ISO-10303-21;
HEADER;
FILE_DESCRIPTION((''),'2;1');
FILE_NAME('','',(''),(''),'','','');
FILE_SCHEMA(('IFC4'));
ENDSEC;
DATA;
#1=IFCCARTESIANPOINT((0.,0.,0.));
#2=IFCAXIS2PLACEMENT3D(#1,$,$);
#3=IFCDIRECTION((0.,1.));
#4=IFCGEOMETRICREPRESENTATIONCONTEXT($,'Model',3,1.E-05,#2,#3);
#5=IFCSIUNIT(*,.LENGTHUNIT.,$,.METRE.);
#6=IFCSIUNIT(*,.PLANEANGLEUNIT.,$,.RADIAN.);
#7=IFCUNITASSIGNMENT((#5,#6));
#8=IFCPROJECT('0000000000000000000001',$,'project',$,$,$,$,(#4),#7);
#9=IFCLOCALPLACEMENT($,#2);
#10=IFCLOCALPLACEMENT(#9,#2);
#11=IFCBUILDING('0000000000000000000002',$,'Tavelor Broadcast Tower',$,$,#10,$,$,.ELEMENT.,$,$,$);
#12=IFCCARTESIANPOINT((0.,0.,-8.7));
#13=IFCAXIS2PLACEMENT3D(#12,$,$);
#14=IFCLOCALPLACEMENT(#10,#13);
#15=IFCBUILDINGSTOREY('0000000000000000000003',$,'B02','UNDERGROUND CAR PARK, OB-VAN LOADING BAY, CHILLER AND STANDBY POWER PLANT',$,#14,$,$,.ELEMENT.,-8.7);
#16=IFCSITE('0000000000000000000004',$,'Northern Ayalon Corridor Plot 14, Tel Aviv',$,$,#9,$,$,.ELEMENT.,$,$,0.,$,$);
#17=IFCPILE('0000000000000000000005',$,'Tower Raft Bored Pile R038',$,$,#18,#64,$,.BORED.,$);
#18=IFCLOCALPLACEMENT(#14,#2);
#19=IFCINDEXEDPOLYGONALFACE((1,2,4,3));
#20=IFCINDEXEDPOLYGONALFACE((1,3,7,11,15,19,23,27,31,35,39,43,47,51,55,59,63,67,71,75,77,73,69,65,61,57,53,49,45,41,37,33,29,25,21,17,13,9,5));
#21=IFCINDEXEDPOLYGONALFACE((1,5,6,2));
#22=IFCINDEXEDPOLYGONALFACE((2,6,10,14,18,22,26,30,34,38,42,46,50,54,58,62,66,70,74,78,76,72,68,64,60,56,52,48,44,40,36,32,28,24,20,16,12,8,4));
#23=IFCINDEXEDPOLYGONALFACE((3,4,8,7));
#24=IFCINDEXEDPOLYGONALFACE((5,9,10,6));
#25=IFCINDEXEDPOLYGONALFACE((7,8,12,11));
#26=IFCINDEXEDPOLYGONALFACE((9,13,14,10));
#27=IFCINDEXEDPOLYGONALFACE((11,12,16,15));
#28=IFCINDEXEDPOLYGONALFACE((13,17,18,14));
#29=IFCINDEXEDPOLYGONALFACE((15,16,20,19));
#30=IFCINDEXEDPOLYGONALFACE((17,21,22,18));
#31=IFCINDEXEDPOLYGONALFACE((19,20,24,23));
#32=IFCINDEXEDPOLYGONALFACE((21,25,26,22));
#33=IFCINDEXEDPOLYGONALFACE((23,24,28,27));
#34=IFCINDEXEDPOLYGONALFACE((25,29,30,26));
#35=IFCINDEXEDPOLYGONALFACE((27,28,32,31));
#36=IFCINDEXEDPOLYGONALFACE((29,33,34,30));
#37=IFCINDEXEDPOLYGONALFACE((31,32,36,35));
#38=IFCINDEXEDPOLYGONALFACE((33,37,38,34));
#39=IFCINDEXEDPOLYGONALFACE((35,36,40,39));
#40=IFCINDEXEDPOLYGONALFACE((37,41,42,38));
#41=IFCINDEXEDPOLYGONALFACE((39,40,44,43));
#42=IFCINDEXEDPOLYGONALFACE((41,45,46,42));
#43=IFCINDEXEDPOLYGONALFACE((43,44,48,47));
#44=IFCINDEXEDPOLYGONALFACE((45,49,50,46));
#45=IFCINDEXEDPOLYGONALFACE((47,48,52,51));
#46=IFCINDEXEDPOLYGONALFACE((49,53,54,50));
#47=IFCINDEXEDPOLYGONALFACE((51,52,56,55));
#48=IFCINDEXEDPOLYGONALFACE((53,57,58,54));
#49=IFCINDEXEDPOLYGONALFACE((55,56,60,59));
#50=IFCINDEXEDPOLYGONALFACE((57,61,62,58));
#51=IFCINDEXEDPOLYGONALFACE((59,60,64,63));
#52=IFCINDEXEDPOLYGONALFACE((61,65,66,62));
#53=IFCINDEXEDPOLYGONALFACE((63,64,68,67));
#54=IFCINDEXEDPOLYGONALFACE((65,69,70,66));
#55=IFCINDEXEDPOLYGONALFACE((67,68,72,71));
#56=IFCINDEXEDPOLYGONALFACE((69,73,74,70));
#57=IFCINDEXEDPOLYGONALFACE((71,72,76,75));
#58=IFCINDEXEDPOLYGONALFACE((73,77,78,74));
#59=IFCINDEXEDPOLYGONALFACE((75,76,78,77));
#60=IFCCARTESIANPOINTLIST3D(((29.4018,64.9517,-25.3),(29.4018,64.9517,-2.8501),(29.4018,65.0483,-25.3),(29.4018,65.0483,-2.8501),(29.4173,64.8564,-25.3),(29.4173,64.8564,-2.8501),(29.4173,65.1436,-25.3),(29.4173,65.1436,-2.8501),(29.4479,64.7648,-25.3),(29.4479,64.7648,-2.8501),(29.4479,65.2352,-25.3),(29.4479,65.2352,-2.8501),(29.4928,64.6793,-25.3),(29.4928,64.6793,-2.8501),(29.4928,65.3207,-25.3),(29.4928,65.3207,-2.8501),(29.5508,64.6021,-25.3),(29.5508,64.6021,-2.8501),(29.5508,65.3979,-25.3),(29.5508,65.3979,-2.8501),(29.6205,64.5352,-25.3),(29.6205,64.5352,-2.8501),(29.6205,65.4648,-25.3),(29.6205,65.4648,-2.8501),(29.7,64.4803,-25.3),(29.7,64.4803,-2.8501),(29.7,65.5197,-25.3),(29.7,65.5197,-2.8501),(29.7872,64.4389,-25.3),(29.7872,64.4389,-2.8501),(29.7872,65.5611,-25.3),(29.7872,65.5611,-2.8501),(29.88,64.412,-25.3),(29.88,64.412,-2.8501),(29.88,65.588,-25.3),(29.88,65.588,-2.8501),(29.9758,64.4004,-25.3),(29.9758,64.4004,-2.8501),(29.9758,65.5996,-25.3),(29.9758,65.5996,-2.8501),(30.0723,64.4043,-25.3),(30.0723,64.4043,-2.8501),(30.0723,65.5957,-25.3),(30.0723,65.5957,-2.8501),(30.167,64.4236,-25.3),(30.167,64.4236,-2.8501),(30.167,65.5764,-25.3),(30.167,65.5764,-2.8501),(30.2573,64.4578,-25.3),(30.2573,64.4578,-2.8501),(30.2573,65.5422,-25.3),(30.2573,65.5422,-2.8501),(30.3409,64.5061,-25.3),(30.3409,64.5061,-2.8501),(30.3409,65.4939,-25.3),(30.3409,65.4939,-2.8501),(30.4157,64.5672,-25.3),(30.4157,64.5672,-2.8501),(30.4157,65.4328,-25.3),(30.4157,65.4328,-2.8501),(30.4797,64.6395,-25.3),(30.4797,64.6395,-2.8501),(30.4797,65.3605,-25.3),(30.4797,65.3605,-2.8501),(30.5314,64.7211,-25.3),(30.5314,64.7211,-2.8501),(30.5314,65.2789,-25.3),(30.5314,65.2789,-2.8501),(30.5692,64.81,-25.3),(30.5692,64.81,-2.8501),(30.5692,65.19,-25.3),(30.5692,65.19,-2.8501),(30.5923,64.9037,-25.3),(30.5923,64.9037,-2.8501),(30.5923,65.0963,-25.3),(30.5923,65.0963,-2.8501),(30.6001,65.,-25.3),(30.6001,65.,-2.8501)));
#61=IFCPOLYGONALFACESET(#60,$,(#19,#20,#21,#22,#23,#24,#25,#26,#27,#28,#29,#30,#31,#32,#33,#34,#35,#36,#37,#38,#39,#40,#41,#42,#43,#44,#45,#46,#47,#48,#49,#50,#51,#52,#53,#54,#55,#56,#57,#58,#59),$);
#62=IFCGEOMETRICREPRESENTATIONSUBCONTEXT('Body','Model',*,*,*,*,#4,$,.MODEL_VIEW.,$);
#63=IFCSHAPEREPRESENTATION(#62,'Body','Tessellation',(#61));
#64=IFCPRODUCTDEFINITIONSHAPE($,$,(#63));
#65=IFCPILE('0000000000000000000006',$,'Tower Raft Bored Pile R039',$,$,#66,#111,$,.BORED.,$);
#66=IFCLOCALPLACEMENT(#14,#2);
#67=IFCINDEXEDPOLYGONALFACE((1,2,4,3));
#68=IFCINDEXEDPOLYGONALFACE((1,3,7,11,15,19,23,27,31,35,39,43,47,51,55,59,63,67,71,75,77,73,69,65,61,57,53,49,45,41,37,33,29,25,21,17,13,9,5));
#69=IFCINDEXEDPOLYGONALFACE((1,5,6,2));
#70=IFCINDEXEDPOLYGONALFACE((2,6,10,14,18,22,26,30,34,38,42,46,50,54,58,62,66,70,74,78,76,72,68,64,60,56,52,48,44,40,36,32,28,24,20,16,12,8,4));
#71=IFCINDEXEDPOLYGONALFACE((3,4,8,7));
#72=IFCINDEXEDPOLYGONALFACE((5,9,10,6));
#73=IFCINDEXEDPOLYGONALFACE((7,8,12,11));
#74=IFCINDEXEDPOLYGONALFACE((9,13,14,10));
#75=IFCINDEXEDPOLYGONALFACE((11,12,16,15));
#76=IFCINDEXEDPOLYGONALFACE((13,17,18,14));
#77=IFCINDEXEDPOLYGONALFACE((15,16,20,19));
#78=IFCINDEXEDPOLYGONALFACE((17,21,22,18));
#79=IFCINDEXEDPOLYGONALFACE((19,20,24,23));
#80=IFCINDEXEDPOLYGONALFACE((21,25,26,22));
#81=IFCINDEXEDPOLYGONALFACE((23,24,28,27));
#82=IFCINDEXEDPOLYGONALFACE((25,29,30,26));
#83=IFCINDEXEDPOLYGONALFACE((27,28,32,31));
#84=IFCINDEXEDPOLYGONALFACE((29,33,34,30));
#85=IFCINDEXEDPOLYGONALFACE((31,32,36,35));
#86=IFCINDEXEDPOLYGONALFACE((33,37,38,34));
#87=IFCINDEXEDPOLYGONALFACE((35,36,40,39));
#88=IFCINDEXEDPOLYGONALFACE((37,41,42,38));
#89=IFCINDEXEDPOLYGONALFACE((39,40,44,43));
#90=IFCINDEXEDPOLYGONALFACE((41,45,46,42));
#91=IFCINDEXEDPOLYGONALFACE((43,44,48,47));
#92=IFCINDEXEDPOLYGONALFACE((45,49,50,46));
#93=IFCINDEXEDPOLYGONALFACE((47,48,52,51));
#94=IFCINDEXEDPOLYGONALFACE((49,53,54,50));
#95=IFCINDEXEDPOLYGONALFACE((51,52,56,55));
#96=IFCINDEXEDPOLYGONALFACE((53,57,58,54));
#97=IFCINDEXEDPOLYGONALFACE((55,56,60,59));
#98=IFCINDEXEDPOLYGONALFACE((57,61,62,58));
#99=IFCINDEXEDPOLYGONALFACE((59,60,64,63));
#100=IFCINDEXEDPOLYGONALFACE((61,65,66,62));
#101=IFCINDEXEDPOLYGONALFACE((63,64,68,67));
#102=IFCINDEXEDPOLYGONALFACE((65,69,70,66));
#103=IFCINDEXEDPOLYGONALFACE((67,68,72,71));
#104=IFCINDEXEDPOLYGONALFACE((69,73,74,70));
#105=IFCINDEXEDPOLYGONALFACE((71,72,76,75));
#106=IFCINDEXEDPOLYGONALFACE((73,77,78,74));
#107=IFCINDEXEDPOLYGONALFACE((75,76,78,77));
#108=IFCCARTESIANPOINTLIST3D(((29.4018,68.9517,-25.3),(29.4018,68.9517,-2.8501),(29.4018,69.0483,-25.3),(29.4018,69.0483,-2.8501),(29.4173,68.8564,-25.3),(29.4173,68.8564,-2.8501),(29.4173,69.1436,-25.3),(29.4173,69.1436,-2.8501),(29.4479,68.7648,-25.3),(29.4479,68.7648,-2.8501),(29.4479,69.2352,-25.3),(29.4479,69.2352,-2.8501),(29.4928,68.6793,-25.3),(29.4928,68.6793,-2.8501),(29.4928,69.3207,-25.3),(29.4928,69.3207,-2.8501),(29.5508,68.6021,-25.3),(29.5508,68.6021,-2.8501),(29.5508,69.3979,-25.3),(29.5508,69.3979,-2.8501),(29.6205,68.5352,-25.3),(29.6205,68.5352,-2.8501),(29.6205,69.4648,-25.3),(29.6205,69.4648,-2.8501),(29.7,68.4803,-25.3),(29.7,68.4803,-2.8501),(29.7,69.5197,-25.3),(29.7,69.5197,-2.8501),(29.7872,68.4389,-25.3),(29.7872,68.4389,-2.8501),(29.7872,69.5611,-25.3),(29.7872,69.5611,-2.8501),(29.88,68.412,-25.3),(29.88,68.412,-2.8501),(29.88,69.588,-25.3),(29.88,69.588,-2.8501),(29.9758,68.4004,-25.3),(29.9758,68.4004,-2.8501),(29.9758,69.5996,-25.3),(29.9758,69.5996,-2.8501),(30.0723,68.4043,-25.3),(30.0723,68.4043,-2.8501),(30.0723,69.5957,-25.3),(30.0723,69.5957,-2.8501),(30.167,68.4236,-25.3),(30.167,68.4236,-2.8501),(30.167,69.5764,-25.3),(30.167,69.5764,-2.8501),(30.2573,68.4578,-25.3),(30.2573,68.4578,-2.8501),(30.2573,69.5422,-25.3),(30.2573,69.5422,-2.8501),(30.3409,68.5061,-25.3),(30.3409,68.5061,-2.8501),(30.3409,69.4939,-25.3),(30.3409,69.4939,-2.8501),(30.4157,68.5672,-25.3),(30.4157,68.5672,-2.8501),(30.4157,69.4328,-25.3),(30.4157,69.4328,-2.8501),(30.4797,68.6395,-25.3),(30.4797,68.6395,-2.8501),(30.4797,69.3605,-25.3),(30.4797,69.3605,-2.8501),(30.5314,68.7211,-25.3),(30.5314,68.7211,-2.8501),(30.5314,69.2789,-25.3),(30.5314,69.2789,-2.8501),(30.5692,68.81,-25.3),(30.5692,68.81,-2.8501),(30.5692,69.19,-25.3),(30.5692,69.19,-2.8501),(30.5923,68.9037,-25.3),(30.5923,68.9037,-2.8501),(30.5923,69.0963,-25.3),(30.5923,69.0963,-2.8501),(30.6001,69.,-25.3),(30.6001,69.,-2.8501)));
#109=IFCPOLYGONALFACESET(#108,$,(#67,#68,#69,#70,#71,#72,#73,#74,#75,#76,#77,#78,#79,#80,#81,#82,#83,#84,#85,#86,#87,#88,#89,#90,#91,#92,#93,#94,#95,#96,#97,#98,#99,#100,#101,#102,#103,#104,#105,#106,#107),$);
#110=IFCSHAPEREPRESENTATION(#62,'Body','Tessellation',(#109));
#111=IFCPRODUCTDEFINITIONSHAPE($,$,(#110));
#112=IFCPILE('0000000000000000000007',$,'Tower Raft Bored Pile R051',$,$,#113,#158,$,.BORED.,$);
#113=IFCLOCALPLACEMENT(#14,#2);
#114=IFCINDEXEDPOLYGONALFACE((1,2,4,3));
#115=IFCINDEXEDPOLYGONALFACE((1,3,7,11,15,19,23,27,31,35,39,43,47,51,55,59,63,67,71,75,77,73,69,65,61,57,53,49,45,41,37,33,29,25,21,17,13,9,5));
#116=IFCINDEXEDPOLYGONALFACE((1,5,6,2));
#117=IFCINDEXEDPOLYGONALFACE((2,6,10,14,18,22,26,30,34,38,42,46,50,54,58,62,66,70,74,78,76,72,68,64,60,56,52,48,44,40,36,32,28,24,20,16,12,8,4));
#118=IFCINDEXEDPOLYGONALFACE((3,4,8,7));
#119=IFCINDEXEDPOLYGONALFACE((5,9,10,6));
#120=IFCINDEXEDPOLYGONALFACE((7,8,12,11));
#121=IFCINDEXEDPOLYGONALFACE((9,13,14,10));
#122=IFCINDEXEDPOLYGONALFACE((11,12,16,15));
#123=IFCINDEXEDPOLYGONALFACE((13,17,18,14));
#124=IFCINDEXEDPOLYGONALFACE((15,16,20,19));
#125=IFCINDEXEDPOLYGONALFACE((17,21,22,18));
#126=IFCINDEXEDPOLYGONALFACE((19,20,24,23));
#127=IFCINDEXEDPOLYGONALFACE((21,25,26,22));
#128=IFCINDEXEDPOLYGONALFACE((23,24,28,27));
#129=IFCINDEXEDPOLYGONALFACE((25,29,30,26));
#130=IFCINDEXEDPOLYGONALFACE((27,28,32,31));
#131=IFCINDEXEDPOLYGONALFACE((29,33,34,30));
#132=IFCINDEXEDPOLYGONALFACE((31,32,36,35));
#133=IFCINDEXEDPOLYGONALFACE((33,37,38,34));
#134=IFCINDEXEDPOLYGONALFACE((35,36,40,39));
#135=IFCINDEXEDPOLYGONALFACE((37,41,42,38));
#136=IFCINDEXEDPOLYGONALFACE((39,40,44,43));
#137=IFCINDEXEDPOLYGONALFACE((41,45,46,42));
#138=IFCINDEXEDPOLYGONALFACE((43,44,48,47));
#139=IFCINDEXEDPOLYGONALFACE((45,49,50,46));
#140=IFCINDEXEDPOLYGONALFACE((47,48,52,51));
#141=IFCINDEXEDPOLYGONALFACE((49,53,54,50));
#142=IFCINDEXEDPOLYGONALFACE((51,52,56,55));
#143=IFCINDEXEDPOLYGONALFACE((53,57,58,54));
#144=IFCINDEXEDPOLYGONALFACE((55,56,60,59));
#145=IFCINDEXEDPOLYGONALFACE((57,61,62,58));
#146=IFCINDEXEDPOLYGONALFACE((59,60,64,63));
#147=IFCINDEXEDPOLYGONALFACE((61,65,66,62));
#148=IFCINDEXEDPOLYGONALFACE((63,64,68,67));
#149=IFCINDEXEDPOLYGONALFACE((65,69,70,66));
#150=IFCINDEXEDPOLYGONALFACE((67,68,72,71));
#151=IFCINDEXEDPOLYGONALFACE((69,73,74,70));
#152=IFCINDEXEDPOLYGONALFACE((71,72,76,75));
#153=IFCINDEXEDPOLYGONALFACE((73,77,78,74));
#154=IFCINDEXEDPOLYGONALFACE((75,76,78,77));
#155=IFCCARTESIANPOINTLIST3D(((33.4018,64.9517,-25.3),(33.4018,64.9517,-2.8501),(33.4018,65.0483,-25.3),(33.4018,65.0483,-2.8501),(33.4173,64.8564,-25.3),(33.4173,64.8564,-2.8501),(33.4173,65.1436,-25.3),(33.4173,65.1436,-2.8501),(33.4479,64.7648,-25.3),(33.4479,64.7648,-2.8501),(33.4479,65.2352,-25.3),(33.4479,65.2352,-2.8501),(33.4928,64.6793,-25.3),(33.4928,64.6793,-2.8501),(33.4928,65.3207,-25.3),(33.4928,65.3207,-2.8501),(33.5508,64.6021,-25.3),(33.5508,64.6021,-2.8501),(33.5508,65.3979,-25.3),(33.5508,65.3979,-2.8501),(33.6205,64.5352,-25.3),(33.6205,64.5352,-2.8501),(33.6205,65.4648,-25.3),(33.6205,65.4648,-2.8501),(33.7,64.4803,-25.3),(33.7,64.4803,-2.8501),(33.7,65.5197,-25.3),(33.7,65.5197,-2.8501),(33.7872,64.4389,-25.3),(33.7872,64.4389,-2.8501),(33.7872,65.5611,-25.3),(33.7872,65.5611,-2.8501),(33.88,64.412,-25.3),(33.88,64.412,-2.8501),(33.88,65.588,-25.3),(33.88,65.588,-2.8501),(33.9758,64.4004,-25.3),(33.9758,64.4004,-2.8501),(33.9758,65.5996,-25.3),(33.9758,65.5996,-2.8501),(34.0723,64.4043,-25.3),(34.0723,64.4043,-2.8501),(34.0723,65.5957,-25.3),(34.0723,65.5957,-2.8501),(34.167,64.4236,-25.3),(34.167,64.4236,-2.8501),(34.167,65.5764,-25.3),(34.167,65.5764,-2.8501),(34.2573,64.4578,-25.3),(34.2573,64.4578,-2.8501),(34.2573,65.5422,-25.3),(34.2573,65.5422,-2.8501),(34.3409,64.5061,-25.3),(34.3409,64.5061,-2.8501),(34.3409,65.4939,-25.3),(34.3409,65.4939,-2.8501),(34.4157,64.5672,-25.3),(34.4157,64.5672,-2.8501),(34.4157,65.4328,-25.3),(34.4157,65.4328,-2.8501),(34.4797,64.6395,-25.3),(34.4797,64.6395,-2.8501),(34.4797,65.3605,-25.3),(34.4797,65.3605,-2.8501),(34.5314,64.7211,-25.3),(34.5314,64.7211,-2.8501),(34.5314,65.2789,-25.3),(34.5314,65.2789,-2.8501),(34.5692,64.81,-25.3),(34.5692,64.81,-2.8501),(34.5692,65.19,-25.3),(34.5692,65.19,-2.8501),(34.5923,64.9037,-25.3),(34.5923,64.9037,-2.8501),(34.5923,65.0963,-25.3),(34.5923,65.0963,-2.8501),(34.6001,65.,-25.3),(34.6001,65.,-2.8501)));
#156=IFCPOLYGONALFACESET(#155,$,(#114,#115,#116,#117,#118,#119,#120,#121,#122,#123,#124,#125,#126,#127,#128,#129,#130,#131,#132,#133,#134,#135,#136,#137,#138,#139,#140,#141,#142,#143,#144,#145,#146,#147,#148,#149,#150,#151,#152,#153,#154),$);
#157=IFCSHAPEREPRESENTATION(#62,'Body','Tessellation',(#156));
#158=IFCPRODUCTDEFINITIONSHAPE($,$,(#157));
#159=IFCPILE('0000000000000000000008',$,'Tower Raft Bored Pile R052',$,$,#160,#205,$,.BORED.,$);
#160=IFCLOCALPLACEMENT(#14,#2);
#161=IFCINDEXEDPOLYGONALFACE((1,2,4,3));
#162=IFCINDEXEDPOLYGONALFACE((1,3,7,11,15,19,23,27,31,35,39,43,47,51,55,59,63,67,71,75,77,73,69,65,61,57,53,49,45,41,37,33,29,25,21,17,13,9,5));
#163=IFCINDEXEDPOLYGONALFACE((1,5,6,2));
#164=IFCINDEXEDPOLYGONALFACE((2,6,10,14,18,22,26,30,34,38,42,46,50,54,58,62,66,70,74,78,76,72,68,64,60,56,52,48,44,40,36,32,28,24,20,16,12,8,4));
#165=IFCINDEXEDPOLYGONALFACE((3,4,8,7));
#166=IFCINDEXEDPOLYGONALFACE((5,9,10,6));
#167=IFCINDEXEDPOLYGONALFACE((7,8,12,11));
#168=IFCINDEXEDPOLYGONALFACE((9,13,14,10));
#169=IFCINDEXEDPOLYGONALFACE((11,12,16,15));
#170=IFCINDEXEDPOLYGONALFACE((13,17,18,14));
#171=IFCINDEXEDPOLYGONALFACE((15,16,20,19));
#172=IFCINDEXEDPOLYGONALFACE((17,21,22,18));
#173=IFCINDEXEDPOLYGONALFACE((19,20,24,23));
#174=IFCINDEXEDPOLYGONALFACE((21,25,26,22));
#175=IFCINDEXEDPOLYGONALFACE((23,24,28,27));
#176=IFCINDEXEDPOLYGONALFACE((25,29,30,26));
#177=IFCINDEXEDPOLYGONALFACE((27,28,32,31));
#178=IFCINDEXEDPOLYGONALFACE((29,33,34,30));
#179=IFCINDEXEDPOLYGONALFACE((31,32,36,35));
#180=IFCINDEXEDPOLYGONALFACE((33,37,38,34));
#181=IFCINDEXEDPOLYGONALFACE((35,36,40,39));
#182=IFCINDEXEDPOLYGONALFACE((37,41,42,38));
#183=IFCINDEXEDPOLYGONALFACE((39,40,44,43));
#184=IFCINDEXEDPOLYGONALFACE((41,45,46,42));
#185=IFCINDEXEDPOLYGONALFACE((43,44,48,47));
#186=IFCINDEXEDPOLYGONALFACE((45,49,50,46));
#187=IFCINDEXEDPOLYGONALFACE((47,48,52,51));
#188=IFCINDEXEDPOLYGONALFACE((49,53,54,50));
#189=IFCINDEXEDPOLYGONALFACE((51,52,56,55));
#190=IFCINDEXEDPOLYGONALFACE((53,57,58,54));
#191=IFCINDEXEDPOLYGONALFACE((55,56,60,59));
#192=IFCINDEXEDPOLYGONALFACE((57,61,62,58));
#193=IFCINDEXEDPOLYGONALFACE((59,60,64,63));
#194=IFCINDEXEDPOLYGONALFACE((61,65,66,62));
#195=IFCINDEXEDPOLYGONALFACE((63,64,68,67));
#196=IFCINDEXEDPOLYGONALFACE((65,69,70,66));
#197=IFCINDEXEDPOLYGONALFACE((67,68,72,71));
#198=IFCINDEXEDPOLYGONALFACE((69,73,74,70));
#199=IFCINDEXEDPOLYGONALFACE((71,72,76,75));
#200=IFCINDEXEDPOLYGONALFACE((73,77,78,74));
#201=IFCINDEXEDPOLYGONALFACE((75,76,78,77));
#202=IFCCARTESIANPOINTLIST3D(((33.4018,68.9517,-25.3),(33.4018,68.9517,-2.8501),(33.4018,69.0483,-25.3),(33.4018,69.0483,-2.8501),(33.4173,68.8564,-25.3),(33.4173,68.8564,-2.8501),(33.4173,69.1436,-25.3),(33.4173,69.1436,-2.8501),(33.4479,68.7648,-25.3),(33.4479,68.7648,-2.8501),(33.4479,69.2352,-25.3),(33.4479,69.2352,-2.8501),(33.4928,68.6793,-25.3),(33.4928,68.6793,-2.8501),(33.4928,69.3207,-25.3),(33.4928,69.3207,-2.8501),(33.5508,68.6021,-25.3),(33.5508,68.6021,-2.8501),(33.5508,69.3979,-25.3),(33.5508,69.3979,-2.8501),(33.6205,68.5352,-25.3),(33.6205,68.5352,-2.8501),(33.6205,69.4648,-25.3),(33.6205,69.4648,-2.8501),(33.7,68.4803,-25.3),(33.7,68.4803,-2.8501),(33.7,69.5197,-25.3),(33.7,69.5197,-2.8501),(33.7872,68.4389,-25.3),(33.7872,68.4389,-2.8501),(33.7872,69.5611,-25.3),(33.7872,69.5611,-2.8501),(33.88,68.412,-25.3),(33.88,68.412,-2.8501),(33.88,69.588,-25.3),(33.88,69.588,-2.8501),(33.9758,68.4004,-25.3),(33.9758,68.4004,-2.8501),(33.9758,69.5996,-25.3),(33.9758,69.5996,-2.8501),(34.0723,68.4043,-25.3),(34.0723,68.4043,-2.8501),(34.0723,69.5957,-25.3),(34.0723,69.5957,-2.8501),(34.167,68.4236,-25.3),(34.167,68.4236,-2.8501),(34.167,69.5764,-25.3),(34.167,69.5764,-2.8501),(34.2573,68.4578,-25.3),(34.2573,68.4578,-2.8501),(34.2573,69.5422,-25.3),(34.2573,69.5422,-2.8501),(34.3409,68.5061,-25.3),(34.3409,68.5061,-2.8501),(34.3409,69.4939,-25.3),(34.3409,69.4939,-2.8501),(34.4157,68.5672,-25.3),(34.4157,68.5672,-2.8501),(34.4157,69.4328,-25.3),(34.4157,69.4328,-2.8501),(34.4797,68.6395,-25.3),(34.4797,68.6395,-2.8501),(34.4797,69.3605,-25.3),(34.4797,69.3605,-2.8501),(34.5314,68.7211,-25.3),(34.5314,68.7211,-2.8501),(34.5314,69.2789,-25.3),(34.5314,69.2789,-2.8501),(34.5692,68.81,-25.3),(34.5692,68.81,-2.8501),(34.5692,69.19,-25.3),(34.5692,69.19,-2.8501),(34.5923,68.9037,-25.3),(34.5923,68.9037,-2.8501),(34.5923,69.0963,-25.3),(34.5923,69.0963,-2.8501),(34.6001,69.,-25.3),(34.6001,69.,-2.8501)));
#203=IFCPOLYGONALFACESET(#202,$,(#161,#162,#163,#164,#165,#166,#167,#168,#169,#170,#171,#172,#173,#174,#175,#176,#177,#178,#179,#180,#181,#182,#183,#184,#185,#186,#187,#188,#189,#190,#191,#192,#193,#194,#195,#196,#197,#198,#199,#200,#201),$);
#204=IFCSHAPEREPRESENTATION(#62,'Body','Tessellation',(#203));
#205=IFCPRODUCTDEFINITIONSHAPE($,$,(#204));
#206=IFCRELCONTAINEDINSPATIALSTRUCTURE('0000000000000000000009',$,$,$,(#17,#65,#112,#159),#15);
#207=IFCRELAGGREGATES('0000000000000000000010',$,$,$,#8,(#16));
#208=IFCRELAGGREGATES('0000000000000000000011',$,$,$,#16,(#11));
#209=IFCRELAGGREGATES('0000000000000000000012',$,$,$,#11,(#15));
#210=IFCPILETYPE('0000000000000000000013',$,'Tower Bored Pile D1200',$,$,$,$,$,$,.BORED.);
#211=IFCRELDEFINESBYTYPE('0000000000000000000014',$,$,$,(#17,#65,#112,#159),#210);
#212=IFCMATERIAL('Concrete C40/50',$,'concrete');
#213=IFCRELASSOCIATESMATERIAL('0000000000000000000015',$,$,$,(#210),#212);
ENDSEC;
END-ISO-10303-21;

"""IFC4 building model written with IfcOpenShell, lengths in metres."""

from ifc_helpers import new_model, si_unit, direction, frame, origin, origin_2d, place, context, subcontext, project, spatial, circle, extrude, material, material_profile, profile_set, type_object, element, save


model = new_model("IFC4")

# Units and contexts
model_context = context("Model", 3, precision=1e-05, world=origin(), true_north=direction((0.0, 1.0)))
body_context = subcontext(model_context, "Body", "Model", "MODEL_VIEW")
ifc_project = project(units=[si_unit("LENGTHUNIT", "METRE"), si_unit("PLANEANGLEUNIT", "RADIAN")], contexts=[model_context])

# Site, building, storey
site_placement = place(None, origin())
site = spatial("IfcSite", under=ifc_project, at=site_placement, Name="Northern Ayalon Corridor Plot 14, Tel Aviv", CompositionType="ELEMENT", RefElevation=0.0)
building_placement = place(site_placement, origin())
building = spatial("IfcBuilding", under=site, at=building_placement, Name="Tavelor Broadcast Tower", CompositionType="ELEMENT")
storey_placement = place(building_placement, frame((0.0, 0.0, -8.7)))
storey = spatial("IfcBuildingStorey", under=building, at=storey_placement, Name="B02", Description="UNDERGROUND CAR PARK, OB-VAN LOADING BAY, CHILLER AND STANDBY POWER PLANT", CompositionType="ELEMENT", Elevation=-8.7)

# Shared definitions
ifc_material_1 = material(Name="Concrete C40/50", Category="concrete")

# Piles
ifc_material_profile_1 = material_profile(ifc_material_1, circle(Radius=0.6001, at=origin_2d()), Name="PILE D1200")
ifc_profile_set_1 = profile_set([ifc_material_profile_1], Name="Concrete C40/50")
pile_type_1 = type_object("IfcPileType", Name="Tower Bored Pile D1200", PredefinedType="BORED", material=ifc_profile_set_1)
for number, where, z_axis, x_axis, name in (
    (1, (30.0, 65.0, -2.8501), (0.0, 0.0, -1.0), (1.0, 0.0, 0.0), "Tower Raft Bored Pile R038"),
    (2, (30.0, 69.0, -2.8501), (0.0, 0.0, -1.0), (1.0, 0.0, 0.0), "Tower Raft Bored Pile R039"),
    (3, (34.0, 65.0, -2.8501), (0.0, 0.0, -1.0), (1.0, 0.0, 0.0), "Tower Raft Bored Pile R051"),
    (4, (34.0, 69.0, -2.8501), (0.0, 0.0, -1.0), (1.0, 0.0, 0.0), "Tower Raft Bored Pile R052"),
):
    element("IfcPile", number, at=place(storey_placement, frame(where, z_axis=z_axis, x_axis=x_axis)), inside=storey, type_object=pile_type_1, Name=name, PredefinedType="BORED", context=body_context, shape_type="SweptSolid", body=[
        extrude(circle(Radius=0.6001, at=origin_2d()), origin(), (0.0, 0.0, 1.0), 22.45),
    ])

save(model, "model.ifc")
